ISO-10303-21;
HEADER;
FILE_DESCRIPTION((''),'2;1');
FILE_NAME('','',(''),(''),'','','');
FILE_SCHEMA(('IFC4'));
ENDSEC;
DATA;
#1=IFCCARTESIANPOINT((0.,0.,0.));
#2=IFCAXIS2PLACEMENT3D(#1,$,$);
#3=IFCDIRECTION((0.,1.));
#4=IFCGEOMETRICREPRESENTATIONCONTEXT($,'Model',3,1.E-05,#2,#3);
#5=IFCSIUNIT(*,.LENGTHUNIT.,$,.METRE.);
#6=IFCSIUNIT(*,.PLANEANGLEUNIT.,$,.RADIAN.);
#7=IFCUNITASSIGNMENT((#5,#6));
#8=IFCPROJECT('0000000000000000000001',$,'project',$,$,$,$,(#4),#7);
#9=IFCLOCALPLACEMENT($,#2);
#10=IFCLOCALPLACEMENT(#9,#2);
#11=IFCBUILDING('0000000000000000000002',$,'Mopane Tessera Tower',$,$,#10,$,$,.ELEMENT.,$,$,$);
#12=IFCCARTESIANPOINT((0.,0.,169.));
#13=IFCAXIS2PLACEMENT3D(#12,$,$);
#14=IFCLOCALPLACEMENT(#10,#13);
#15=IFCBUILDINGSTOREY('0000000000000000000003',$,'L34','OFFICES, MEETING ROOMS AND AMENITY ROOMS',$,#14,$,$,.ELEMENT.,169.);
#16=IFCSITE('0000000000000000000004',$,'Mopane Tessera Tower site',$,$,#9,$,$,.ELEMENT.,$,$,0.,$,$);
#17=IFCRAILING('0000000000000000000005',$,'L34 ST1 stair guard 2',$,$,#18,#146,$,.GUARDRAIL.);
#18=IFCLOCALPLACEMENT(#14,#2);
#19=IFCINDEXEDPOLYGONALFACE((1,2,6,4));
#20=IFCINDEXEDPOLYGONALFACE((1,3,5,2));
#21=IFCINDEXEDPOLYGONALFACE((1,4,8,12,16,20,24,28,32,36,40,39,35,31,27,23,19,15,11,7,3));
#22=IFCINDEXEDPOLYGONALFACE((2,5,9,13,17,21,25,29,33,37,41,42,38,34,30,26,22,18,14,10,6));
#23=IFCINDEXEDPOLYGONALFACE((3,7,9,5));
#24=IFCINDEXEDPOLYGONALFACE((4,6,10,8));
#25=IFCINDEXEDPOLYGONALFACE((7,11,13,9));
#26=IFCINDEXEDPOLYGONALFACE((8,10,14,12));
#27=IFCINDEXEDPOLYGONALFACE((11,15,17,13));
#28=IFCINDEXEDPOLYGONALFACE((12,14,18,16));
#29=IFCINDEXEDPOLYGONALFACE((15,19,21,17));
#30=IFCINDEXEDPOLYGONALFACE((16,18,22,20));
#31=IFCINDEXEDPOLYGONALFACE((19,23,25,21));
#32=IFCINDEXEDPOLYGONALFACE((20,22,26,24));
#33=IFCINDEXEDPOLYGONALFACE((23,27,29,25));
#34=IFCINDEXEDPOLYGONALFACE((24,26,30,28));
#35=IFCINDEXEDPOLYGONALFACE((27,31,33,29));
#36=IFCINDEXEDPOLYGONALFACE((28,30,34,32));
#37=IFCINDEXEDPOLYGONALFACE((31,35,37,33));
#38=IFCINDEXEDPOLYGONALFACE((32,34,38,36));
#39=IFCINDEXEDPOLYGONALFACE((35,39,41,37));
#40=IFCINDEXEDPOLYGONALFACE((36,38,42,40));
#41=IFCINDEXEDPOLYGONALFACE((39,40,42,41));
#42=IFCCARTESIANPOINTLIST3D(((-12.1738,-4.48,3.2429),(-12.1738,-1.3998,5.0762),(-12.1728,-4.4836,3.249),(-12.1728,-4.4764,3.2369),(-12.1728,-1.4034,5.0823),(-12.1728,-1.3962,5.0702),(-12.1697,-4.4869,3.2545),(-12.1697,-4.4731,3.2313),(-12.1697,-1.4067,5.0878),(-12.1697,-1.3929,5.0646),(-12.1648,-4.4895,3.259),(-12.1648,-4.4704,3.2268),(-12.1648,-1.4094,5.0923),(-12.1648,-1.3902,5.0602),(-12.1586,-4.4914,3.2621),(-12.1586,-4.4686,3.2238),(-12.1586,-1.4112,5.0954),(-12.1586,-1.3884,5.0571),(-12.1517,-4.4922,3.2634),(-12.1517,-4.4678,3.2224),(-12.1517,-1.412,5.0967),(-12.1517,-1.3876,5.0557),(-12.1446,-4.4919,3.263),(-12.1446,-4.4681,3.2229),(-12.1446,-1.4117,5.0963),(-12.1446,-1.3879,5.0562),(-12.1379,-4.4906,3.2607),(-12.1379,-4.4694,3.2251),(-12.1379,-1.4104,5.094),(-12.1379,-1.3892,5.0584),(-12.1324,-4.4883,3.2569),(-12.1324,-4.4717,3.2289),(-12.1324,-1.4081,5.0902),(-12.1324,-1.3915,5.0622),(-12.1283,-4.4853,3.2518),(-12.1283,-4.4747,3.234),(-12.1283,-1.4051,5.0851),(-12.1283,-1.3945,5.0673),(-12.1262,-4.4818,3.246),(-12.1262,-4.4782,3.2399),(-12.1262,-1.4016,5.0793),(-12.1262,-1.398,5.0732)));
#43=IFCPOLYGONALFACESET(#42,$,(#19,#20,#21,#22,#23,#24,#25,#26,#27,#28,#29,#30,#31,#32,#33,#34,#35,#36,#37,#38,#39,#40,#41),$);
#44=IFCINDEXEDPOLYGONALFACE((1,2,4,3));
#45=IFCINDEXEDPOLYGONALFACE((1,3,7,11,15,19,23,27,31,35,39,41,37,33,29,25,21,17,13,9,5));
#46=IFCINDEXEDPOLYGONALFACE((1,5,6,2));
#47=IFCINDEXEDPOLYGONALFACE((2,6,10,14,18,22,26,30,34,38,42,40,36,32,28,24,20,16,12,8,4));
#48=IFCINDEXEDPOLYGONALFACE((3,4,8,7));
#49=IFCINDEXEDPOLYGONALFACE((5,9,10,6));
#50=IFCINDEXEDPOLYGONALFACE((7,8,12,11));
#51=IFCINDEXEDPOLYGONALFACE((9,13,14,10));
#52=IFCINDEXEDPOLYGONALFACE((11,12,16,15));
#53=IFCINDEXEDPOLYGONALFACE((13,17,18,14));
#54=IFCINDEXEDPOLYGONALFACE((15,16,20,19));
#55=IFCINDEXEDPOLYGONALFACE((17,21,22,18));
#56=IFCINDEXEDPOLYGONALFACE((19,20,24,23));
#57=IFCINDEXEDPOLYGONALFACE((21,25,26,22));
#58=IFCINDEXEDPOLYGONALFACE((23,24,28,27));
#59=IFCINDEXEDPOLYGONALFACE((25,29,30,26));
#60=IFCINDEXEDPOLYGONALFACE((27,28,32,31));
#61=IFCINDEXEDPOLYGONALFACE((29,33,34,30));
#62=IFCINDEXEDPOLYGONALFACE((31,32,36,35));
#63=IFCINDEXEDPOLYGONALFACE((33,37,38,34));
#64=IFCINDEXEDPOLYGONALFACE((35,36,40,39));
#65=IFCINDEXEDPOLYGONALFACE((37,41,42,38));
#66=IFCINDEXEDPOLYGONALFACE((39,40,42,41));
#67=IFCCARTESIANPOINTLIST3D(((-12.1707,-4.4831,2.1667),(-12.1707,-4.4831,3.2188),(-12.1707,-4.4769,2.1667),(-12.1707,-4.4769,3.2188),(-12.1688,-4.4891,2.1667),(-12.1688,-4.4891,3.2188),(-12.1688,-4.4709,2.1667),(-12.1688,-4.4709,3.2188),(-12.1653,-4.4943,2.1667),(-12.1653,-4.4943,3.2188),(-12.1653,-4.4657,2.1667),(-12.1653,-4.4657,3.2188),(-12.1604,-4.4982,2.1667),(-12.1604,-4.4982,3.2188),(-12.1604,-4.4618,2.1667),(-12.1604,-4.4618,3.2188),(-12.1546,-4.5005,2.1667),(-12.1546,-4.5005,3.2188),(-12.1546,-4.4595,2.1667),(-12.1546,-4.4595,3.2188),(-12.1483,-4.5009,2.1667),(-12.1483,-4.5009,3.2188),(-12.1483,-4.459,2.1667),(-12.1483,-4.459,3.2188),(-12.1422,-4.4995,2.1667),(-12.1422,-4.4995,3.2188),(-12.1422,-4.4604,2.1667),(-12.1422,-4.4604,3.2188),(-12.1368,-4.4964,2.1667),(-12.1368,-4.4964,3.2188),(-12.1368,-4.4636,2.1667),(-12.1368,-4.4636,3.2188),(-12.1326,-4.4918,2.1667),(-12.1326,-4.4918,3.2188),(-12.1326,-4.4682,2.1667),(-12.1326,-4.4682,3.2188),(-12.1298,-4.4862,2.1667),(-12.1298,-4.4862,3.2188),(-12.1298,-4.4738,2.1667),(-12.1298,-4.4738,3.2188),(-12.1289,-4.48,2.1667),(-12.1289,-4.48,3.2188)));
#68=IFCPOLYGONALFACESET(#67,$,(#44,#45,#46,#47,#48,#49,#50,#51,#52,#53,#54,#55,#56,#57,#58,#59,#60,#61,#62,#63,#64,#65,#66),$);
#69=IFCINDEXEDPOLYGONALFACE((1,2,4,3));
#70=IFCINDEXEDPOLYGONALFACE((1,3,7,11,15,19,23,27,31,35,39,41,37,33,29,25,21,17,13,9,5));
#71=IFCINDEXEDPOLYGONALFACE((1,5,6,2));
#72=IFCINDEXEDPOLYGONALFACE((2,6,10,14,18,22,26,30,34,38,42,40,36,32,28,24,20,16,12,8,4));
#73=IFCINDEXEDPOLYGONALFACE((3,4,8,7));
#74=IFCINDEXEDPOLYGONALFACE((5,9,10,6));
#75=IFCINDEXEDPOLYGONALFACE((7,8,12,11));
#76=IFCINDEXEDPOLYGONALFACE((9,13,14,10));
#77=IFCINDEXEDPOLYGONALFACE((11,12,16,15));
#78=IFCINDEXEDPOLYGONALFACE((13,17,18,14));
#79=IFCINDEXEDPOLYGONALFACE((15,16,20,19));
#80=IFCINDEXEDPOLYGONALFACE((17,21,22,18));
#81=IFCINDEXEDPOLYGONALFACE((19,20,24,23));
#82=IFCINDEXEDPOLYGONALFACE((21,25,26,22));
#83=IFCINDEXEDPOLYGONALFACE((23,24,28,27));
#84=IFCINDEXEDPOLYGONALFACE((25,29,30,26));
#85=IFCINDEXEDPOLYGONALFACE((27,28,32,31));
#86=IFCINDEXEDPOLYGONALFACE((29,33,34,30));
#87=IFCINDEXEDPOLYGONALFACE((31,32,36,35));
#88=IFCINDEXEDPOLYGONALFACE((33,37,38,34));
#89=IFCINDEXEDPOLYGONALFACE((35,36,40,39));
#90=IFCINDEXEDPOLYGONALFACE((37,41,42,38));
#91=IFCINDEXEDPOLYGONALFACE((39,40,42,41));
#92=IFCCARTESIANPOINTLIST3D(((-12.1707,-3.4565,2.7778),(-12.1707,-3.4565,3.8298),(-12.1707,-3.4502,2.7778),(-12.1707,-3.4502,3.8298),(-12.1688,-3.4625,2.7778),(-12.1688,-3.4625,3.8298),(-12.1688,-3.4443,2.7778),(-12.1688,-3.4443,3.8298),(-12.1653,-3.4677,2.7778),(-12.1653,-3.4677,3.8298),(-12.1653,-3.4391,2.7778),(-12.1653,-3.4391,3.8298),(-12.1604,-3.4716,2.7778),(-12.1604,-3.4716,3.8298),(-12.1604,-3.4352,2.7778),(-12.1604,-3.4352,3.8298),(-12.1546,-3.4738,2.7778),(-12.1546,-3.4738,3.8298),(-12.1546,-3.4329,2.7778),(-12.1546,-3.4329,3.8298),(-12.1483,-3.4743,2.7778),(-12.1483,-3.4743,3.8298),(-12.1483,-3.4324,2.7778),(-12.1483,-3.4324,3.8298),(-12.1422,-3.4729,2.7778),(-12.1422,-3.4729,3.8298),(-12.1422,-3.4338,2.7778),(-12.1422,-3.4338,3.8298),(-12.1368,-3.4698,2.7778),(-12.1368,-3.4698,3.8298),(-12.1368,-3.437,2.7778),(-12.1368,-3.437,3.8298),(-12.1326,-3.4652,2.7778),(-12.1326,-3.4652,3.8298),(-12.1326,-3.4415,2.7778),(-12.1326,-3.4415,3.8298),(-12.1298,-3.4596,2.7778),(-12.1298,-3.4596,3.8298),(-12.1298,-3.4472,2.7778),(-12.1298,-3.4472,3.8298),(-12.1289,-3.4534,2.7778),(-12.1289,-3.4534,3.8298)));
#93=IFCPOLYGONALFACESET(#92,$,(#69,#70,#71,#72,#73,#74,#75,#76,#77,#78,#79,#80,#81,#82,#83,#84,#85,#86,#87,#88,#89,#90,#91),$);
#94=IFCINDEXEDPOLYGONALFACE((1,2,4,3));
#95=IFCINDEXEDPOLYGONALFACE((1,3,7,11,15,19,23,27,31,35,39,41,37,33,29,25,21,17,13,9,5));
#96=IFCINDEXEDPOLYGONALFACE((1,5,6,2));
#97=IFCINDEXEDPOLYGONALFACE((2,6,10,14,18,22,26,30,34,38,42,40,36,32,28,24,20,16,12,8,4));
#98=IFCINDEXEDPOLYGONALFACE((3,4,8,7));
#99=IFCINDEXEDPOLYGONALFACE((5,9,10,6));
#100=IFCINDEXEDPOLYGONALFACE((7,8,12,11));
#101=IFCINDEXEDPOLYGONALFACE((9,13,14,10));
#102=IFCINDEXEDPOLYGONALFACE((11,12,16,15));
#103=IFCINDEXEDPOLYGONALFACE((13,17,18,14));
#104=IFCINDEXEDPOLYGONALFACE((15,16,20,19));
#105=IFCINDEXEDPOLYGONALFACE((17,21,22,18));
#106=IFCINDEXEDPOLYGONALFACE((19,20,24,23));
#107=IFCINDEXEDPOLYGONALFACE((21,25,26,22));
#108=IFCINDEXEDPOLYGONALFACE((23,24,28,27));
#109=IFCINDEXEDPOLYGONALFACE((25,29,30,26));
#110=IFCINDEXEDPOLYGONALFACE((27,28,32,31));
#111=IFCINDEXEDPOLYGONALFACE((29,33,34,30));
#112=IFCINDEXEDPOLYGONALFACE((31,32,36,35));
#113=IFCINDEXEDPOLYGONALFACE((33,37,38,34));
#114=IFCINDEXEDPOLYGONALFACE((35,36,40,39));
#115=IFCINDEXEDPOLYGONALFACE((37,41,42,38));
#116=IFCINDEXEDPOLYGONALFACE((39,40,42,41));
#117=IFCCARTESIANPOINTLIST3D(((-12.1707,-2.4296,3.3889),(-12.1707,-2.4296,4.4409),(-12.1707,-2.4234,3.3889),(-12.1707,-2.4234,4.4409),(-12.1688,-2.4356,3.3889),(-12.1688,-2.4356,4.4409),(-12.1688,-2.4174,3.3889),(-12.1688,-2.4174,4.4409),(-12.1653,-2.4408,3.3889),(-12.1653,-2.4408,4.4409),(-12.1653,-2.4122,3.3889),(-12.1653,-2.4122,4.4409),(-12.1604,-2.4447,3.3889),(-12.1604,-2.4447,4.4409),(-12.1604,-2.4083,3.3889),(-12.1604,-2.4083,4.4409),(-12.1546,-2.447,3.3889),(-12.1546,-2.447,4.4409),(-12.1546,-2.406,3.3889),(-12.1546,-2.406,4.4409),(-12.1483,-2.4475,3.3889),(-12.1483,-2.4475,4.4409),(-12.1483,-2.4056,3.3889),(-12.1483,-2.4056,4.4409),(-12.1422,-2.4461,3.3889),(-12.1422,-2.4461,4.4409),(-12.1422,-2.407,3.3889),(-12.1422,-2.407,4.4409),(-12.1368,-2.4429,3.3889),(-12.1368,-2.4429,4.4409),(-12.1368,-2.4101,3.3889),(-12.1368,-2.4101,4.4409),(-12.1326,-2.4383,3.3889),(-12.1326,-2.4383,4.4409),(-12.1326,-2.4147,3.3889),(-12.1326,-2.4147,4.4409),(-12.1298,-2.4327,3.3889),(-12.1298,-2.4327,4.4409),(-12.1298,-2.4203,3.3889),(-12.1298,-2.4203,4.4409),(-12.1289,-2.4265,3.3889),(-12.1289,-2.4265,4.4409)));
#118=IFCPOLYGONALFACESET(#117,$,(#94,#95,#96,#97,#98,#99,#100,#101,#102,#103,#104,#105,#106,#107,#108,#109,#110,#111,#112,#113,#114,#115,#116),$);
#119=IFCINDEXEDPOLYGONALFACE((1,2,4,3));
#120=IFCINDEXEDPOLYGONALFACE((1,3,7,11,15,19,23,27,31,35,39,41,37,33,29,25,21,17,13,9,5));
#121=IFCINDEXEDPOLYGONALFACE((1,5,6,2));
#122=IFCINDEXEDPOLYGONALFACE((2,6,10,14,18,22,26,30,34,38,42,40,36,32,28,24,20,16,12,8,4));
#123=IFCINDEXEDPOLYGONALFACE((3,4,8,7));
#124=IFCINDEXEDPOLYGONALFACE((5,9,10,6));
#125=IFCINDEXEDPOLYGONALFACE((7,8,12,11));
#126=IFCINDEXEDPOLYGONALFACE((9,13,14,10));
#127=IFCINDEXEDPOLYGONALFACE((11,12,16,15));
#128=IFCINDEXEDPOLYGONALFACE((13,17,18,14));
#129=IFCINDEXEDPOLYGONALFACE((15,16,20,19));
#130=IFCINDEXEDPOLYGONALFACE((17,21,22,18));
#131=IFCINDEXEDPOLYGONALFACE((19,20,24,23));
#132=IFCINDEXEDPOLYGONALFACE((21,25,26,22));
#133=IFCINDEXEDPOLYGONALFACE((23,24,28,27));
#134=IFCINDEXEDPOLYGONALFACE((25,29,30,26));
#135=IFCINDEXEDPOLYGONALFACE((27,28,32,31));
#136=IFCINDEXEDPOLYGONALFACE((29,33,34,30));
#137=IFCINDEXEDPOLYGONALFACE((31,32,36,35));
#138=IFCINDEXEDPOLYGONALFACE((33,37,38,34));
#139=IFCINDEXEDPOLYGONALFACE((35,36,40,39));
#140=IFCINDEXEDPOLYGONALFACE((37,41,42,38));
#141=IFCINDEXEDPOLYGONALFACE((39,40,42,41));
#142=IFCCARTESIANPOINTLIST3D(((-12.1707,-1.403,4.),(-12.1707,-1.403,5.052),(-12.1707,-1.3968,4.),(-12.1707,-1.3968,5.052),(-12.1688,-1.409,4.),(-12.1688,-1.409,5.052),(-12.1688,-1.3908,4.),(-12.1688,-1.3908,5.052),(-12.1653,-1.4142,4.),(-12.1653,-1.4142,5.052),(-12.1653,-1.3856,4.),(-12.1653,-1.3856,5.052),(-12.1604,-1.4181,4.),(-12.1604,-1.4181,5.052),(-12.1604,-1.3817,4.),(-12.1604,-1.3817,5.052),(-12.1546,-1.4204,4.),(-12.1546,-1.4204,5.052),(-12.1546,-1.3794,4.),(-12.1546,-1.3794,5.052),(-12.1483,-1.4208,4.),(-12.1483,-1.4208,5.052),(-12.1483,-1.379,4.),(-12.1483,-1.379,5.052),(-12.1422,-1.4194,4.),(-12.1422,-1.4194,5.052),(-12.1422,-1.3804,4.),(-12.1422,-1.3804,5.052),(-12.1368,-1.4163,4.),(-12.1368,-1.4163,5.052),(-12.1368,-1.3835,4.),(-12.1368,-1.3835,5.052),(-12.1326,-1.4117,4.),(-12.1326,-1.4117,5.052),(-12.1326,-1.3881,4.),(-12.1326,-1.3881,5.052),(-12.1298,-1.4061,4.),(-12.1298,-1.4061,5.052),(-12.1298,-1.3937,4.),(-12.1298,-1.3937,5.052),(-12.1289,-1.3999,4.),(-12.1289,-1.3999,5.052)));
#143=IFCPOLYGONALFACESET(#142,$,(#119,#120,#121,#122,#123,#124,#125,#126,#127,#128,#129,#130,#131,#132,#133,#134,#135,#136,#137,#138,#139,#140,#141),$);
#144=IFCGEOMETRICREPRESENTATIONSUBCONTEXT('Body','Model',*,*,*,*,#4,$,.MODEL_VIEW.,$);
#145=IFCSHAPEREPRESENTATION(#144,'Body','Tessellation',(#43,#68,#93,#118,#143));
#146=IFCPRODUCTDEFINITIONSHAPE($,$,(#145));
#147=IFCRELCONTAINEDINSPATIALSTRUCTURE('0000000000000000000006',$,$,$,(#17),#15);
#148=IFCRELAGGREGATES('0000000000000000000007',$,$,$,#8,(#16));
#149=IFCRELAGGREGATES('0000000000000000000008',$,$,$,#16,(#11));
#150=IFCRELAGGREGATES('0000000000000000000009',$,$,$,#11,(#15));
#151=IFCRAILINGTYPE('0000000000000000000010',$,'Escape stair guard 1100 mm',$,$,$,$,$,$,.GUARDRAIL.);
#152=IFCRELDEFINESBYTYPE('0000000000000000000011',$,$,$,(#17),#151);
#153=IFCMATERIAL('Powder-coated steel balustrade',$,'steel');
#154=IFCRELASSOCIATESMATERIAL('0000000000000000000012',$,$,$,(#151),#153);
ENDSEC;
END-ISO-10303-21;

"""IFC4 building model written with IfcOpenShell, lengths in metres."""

from ifc_helpers import new_model, si_unit, direction, frame, origin, origin_2d, place, context, subcontext, project, spatial, circle, extrude, material, type_object, element, save


model = new_model("IFC4")

# Units and contexts
model_context = context("Model", 3, precision=1e-05, world=origin(), true_north=direction((0.0, 1.0)))
body_context = subcontext(model_context, "Body", "Model", "MODEL_VIEW")
ifc_project = project(units=[si_unit("LENGTHUNIT", "METRE"), si_unit("PLANEANGLEUNIT", "RADIAN")], contexts=[model_context])

# Site, building, storey
site_placement = place(None, origin())
site = spatial("IfcSite", under=ifc_project, at=site_placement, Name="Mopane Tessera Tower site", CompositionType="ELEMENT", RefElevation=0.0)
building_placement = place(site_placement, origin())
building = spatial("IfcBuilding", under=site, at=building_placement, Name="Mopane Tessera Tower", CompositionType="ELEMENT")
storey_placement = place(building_placement, frame((0.0, 0.0, 169.0)))
storey = spatial("IfcBuildingStorey", under=building, at=storey_placement, Name="L34", Description="OFFICES, MEETING ROOMS AND AMENITY ROOMS", CompositionType="ELEMENT", Elevation=169.0)

# Railing
ifc_material_1 = material(Name="Powder-coated steel balustrade", Category="steel")
railing_type_1 = type_object("IfcRailingType", Name="Escape stair guard 1100 mm", PredefinedType="GUARDRAIL", material=ifc_material_1)
railing_1_placement = place(storey_placement, frame((-12.1499, -4.48, 2.1667)))
element("IfcRailing", 1, at=railing_1_placement, inside=storey, type_object=railing_type_1, Name="L34 ST1 stair guard 2", PredefinedType="GUARDRAIL", context=body_context, shape_type="SweptSolid", body=[
    extrude(circle(Radius=0.0239, at=origin_2d()), frame((0.0, 0.0, 1.0762), z_axis=(0.0, 0.859309, 0.511458), x_axis=(-1.0, 0.0, 0.0)), (0.0, 0.0, 1.0), 3.5845),
    extrude(circle(Radius=0.021, at=origin_2d()), origin(), (0.0, 0.0, 1.0), 1.052),
    extrude(circle(Radius=0.021, at=origin_2d()), frame((0.0, 1.0266, 0.6111)), (0.0, 0.0, 1.0), 1.052),
    extrude(circle(Radius=0.021, at=origin_2d()), frame((0.0, 2.0535, 1.2222)), (0.0, 0.0, 1.0), 1.052),
    extrude(circle(Radius=0.021, at=origin_2d()), frame((0.0, 3.0801, 1.8333)), (0.0, 0.0, 1.0), 1.052),
])

save(model, "model.ifc")
